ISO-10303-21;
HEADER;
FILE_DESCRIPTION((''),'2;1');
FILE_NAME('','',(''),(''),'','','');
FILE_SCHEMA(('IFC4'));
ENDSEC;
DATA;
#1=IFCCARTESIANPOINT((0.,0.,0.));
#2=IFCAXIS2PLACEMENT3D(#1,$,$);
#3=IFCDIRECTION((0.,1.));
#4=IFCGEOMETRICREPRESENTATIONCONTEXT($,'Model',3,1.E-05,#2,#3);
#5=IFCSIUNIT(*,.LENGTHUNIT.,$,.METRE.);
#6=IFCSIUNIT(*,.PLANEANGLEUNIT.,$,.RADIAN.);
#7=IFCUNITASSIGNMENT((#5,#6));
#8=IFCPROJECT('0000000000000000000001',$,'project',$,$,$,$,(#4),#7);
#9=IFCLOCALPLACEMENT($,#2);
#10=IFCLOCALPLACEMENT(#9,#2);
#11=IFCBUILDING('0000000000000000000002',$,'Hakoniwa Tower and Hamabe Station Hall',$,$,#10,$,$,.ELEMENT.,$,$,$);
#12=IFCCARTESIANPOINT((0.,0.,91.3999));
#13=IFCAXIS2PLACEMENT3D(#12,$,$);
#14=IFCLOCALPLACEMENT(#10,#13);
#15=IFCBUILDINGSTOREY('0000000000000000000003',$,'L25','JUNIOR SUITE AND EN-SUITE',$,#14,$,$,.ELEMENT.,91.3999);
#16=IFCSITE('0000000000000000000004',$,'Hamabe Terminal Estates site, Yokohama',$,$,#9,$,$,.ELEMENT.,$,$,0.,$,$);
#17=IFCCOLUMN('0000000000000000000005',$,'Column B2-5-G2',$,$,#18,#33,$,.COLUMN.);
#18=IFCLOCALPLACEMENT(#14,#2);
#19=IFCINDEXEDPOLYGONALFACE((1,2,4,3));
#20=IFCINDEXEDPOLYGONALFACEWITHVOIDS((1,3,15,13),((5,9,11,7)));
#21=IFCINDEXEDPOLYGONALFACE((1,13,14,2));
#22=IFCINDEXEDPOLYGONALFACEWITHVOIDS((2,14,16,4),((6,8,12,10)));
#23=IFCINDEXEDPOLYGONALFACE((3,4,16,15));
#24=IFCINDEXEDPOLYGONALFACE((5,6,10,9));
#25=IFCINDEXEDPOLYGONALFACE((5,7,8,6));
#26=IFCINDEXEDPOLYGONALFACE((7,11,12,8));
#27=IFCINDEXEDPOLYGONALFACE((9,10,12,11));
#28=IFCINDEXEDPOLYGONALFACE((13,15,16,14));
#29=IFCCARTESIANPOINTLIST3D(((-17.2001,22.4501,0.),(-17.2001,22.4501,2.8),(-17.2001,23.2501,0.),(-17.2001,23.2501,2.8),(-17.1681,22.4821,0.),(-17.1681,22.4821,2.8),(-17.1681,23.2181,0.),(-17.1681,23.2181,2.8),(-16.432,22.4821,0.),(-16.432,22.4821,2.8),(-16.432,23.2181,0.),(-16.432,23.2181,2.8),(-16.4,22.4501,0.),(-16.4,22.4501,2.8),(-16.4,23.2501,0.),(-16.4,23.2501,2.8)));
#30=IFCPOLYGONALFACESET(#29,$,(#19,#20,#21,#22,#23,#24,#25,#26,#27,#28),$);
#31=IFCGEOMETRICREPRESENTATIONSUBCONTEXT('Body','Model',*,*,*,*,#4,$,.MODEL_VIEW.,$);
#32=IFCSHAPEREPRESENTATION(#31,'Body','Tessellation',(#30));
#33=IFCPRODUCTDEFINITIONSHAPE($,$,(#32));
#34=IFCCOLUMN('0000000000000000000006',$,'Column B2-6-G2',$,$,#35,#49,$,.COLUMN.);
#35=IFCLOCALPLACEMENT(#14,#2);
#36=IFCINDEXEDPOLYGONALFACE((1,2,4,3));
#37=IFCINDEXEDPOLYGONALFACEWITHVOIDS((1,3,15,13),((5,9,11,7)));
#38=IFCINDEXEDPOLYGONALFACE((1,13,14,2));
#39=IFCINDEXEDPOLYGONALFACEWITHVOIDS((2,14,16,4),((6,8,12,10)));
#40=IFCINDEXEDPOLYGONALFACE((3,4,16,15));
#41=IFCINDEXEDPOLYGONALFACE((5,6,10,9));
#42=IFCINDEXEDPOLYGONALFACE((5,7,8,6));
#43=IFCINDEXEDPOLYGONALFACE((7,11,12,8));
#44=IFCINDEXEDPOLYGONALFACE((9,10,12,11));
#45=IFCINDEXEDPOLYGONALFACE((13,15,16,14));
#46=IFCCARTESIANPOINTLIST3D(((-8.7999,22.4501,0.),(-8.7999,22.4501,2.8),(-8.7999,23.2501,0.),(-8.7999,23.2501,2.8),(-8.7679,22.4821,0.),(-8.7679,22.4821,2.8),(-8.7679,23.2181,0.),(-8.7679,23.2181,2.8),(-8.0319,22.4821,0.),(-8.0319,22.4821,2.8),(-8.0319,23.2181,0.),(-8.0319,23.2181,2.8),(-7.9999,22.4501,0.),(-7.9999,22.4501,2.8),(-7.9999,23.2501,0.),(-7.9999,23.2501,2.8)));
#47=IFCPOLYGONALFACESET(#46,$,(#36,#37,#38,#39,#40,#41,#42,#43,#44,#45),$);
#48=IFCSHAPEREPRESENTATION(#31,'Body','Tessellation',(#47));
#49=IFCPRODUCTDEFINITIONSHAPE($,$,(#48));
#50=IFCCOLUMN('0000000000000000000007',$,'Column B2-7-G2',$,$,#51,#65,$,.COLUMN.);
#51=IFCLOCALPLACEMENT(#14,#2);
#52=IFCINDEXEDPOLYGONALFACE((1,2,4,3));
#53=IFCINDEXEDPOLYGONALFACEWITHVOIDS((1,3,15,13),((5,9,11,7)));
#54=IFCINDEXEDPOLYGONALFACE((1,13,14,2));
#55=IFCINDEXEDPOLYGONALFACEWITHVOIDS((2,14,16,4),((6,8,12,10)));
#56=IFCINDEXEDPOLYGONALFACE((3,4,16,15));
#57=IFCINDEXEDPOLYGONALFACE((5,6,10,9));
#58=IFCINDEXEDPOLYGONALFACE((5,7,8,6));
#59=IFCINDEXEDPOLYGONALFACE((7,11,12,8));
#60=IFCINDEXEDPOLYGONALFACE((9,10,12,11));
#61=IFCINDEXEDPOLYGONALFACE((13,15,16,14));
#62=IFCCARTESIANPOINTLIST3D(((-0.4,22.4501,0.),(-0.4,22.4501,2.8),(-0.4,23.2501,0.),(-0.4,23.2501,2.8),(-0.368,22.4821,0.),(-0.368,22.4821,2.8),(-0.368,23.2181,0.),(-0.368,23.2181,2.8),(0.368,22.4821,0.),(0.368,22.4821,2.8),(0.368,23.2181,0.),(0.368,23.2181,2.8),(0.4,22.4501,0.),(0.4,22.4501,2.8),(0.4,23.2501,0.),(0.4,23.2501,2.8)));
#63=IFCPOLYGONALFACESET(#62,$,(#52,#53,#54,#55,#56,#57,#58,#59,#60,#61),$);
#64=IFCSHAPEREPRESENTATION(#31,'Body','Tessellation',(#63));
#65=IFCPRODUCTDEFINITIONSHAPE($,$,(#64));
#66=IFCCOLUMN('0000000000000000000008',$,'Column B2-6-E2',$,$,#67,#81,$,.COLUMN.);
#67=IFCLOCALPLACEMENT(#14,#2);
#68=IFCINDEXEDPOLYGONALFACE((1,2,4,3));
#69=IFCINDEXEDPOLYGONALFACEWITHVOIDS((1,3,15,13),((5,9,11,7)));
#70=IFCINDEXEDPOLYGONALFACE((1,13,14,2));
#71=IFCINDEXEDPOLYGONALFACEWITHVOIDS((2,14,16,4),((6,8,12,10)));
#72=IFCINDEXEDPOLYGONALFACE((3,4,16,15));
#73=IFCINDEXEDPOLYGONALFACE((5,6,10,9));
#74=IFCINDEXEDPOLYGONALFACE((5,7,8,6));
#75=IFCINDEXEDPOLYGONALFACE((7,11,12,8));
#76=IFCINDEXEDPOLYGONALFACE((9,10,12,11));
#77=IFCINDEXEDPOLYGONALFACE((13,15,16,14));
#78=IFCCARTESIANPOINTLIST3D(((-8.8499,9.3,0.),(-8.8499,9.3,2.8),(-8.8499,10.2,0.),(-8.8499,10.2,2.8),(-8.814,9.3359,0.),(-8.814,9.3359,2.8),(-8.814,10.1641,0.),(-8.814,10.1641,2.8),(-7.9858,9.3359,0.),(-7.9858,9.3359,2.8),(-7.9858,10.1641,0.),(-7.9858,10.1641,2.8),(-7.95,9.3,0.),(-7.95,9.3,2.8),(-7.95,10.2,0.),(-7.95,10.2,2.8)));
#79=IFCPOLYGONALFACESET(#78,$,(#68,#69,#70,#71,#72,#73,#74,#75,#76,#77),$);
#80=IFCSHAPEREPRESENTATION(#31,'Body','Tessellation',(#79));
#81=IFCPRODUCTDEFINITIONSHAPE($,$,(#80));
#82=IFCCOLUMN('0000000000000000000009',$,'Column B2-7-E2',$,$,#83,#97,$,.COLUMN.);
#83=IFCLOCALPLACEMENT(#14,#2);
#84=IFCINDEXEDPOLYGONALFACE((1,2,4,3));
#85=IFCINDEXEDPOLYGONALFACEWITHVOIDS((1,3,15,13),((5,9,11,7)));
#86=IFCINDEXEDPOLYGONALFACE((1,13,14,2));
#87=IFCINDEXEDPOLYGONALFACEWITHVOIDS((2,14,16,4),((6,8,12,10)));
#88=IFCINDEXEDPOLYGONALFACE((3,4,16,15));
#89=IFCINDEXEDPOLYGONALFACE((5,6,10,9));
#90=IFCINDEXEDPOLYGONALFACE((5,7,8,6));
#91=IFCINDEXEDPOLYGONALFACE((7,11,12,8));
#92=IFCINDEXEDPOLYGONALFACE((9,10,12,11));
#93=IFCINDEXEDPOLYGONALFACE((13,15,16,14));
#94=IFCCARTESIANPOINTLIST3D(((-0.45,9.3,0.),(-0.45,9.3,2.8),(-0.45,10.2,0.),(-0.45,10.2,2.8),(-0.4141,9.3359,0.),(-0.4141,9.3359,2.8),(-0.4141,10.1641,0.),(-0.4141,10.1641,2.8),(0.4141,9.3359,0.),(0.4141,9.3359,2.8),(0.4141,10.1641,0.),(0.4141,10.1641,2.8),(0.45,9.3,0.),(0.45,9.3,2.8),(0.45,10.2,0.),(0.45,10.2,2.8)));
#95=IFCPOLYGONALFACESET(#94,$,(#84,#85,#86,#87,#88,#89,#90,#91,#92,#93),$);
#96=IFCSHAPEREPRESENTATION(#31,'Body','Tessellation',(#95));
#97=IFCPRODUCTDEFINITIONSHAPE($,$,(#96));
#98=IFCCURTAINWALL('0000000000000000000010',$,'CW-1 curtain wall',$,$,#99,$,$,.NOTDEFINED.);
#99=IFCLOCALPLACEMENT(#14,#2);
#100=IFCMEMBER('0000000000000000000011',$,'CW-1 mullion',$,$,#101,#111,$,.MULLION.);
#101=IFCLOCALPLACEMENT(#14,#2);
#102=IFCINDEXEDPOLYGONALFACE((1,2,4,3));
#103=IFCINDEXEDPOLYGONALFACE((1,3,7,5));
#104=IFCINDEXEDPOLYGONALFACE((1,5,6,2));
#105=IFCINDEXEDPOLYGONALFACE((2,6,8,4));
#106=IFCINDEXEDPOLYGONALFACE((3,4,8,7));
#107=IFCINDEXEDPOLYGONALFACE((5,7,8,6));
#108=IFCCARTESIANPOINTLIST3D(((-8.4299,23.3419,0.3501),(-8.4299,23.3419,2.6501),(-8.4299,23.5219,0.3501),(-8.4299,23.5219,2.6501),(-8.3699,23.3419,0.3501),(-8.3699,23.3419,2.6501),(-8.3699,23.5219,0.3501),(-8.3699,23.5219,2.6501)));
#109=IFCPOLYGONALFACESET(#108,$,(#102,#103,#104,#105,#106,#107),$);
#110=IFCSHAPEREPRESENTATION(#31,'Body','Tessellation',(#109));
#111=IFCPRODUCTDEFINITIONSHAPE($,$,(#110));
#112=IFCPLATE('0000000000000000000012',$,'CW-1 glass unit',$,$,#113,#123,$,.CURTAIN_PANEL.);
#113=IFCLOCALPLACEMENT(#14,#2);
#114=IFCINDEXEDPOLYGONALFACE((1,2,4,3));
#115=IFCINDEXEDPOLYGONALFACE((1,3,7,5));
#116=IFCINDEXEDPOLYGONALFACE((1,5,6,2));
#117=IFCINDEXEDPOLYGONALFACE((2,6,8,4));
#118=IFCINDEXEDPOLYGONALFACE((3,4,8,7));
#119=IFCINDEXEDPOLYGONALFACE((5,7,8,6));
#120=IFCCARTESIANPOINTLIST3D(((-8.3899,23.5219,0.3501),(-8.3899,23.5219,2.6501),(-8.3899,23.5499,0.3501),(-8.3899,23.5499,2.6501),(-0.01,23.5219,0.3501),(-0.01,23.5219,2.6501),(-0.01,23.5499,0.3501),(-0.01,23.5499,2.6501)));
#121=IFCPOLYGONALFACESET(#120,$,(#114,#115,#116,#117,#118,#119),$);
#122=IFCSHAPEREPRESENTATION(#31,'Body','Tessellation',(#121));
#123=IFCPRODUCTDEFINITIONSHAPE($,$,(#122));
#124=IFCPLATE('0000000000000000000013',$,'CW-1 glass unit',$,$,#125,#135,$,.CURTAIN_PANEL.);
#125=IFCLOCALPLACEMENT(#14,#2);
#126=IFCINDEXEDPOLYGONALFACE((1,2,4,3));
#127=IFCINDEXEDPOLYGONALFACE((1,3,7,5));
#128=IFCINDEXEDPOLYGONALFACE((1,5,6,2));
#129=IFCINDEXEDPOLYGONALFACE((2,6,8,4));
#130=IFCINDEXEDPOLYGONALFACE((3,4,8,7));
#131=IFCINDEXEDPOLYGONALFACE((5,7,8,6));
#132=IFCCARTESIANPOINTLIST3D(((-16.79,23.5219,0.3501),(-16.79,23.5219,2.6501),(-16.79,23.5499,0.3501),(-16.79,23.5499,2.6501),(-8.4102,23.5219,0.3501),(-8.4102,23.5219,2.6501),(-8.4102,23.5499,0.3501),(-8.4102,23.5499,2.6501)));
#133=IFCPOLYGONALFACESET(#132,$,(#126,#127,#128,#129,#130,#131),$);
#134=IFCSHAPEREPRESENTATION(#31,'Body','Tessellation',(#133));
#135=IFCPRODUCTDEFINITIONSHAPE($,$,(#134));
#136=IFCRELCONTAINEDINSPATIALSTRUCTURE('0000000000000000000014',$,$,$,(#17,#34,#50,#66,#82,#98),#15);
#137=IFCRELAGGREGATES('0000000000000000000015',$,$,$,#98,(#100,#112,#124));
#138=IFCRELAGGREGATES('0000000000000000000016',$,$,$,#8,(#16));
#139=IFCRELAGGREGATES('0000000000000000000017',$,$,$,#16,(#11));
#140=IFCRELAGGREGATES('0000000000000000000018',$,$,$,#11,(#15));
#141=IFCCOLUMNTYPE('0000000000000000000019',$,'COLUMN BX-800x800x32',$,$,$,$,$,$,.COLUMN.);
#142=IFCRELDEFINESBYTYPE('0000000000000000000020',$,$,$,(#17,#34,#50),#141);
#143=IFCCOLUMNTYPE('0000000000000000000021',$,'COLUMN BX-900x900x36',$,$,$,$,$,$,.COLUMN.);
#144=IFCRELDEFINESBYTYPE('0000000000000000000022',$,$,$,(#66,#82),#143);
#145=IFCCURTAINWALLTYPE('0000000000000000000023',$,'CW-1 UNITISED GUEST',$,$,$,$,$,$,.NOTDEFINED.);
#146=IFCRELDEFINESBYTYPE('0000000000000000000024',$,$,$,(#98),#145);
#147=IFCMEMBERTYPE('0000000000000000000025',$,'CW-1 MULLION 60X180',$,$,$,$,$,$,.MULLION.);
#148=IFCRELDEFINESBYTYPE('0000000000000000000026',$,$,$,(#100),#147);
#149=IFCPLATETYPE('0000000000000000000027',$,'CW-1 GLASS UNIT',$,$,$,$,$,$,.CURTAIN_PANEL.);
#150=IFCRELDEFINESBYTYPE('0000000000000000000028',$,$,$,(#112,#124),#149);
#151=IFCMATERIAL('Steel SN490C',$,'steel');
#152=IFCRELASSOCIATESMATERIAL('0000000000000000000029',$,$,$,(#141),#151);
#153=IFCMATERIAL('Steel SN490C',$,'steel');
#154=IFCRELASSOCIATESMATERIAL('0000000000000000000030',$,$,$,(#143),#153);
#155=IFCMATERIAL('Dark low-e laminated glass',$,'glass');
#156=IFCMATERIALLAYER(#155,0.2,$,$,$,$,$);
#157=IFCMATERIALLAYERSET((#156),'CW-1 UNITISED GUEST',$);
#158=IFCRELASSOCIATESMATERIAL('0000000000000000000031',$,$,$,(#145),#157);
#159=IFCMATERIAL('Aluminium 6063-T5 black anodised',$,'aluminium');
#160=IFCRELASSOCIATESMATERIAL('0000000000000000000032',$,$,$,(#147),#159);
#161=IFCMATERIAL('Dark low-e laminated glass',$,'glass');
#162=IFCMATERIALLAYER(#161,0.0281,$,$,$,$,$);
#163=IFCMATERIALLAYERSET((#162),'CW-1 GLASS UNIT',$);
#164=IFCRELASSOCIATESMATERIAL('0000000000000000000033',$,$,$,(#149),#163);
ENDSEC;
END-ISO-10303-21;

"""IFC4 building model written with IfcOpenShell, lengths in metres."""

from ifc_helpers import new_model, si_unit, direction, frame, origin, origin_2d, place, context, subcontext, project, spatial, rectangle, hollow_rectangle, extrude, material, layer, layer_set, material_profile, profile_set, type_object, element, aggregate, save


model = new_model("IFC4")

# Units and contexts
model_context = context("Model", 3, precision=1e-05, world=origin(), true_north=direction((0.0, 1.0)))
body_context = subcontext(model_context, "Body", "Model", "MODEL_VIEW")
ifc_project = project(units=[si_unit("LENGTHUNIT", "METRE"), si_unit("PLANEANGLEUNIT", "RADIAN")], contexts=[model_context])

# Site, building, storey
site_placement = place(None, origin())
site = spatial("IfcSite", under=ifc_project, at=site_placement, Name="Hamabe Terminal Estates site, Yokohama", CompositionType="ELEMENT", RefElevation=0.0)
building_placement = place(site_placement, origin())
building = spatial("IfcBuilding", under=site, at=building_placement, Name="Hakoniwa Tower and Hamabe Station Hall", CompositionType="ELEMENT")
storey_placement = place(building_placement, frame((0.0, 0.0, 91.3999)))
storey = spatial("IfcBuildingStorey", under=building, at=storey_placement, Name="L25", Description="JUNIOR SUITE AND EN-SUITE", CompositionType="ELEMENT", Elevation=91.3999)

# Columns
ifc_material_1 = material(Name="Steel SN490C", Category="steel")
ifc_material_profile_1 = material_profile(ifc_material_1, hollow_rectangle(XDim=0.8, YDim=0.8, WallThickness=0.032, at=origin_2d()), Name="BX-800x800x32")
ifc_profile_set_1 = profile_set([ifc_material_profile_1], Name="Steel SN490C")
column_type_1 = type_object("IfcColumnType", Name="COLUMN BX-800x800x32", PredefinedType="COLUMN", material=ifc_profile_set_1)
for number, where, z_axis, x_axis, name in (
    (1, (-16.8, 22.8501, 0.0), (0.0, 0.0, 1.0), (1.0, 0.0, 0.0), "Column B2-5-G2"),
    (2, (-8.3999, 22.8501, 0.0), (0.0, 0.0, 1.0), (1.0, 0.0, 0.0), "Column B2-6-G2"),
    (3, (0.0, 22.8501, 0.0), (0.0, 0.0, 1.0), (1.0, 0.0, 0.0), "Column B2-7-G2"),
):
    element("IfcColumn", number, at=place(storey_placement, frame(where, z_axis=z_axis, x_axis=x_axis)), inside=storey, type_object=column_type_1, Name=name, PredefinedType="COLUMN", context=body_context, shape_type="SweptSolid", body=[
        extrude(hollow_rectangle(XDim=0.8, YDim=0.8, WallThickness=0.032, at=origin_2d()), origin(), (0.0, 0.0, 1.0), 2.8),
    ])
ifc_material_2 = material(Name="Steel SN490C", Category="steel")
ifc_material_profile_2 = material_profile(ifc_material_2, hollow_rectangle(XDim=0.8999, YDim=0.8999, WallThickness=0.0359, at=origin_2d()), Name="BX-900x900x36")
ifc_profile_set_2 = profile_set([ifc_material_profile_2], Name="Steel SN490C")
column_type_2 = type_object("IfcColumnType", Name="COLUMN BX-900x900x36", PredefinedType="COLUMN", material=ifc_profile_set_2)
for number, where, z_axis, x_axis, name in (
    (4, (-8.3999, 9.75, 0.0), (0.0, 0.0, 1.0), (1.0, 0.0, 0.0), "Column B2-6-E2"),
    (5, (0.0, 9.75, 0.0), (0.0, 0.0, 1.0), (1.0, 0.0, 0.0), "Column B2-7-E2"),
):
    element("IfcColumn", number, at=place(storey_placement, frame(where, z_axis=z_axis, x_axis=x_axis)), inside=storey, type_object=column_type_2, Name=name, PredefinedType="COLUMN", context=body_context, shape_type="SweptSolid", body=[
        extrude(hollow_rectangle(XDim=0.8999, YDim=0.8999, WallThickness=0.0359, at=origin_2d()), origin(), (0.0, 0.0, 1.0), 2.8),
    ])

# Curtain wall, member, plates
ifc_material_3 = material(Name="Dark low-e laminated glass", Category="glass")
ifc_layer_1 = layer(ifc_material_3, 0.2)
ifc_layer_set_1 = layer_set([ifc_layer_1], Name="CW-1 UNITISED GUEST")
curtain_wall_type = type_object("IfcCurtainWallType", Name="CW-1 UNITISED GUEST", PredefinedType="NOTDEFINED", material=ifc_layer_set_1)
curtain_wall_placement = place(storey_placement, origin())
curtain_wall = element("IfcCurtainWall", 6, at=curtain_wall_placement, inside=storey, type_object=curtain_wall_type, Name="CW-1 curtain wall", PredefinedType="NOTDEFINED")
ifc_material_4 = material(Name="Aluminium 6063-T5 black anodised", Category="aluminium")
ifc_material_profile_3 = material_profile(ifc_material_4, rectangle(XDim=0.0601, YDim=0.1799, at=origin_2d()), Name="CW-1 MULLION 60X180")
ifc_profile_set_3 = profile_set([ifc_material_profile_3], Name="Aluminium 6063-T5 black anodised")
member_type = type_object("IfcMemberType", Name="CW-1 MULLION 60X180", PredefinedType="MULLION", material=ifc_profile_set_3)
member_placement = place(storey_placement, frame((-8.3999, 23.4319, 0.3501), z_axis=(0.0, 0.0, 1.0), x_axis=(-1.0, 0.0, 0.0)))
member = element("IfcMember", 7, at=member_placement, type_object=member_type, Name="CW-1 mullion", PredefinedType="MULLION", context=body_context, shape_type="SweptSolid", body=[
    extrude(rectangle(XDim=0.0601, YDim=0.1799, at=origin_2d()), origin(), (0.0, 0.0, 1.0), 2.3),
])
ifc_material_5 = material(Name="Dark low-e laminated glass", Category="glass")
ifc_layer_2 = layer(ifc_material_5, 0.0281)
ifc_layer_set_2 = layer_set([ifc_layer_2], Name="CW-1 GLASS UNIT")
plate_type = type_object("IfcPlateType", Name="CW-1 GLASS UNIT", PredefinedType="CURTAIN_PANEL", material=ifc_layer_set_2)
plate_1_placement = place(storey_placement, frame((-4.2, 23.5359, 0.3501), z_axis=(0.0, 0.0, 1.0), x_axis=(-1.0, 0.0, 0.0)))
plate_1 = element("IfcPlate", 8, at=plate_1_placement, type_object=plate_type, Name="CW-1 glass unit", PredefinedType="CURTAIN_PANEL", context=body_context, shape_type="SweptSolid", body=[
    extrude(rectangle(XDim=8.3799, YDim=0.0281, at=origin_2d()), origin(), (0.0, 0.0, 1.0), 2.3),
])
plate_2_placement = place(storey_placement, frame((-12.6001, 23.5359, 0.3501), z_axis=(0.0, 0.0, 1.0), x_axis=(-1.0, 0.0, 0.0)))
plate_2 = element("IfcPlate", 9, at=plate_2_placement, type_object=plate_type, Name="CW-1 glass unit", PredefinedType="CURTAIN_PANEL", context=body_context, shape_type="SweptSolid", body=[
    extrude(rectangle(XDim=8.3799, YDim=0.0281, at=origin_2d()), origin(), (0.0, 0.0, 1.0), 2.3),
])
aggregate(curtain_wall, [member, plate_1, plate_2])

save(model, "model.ifc")
